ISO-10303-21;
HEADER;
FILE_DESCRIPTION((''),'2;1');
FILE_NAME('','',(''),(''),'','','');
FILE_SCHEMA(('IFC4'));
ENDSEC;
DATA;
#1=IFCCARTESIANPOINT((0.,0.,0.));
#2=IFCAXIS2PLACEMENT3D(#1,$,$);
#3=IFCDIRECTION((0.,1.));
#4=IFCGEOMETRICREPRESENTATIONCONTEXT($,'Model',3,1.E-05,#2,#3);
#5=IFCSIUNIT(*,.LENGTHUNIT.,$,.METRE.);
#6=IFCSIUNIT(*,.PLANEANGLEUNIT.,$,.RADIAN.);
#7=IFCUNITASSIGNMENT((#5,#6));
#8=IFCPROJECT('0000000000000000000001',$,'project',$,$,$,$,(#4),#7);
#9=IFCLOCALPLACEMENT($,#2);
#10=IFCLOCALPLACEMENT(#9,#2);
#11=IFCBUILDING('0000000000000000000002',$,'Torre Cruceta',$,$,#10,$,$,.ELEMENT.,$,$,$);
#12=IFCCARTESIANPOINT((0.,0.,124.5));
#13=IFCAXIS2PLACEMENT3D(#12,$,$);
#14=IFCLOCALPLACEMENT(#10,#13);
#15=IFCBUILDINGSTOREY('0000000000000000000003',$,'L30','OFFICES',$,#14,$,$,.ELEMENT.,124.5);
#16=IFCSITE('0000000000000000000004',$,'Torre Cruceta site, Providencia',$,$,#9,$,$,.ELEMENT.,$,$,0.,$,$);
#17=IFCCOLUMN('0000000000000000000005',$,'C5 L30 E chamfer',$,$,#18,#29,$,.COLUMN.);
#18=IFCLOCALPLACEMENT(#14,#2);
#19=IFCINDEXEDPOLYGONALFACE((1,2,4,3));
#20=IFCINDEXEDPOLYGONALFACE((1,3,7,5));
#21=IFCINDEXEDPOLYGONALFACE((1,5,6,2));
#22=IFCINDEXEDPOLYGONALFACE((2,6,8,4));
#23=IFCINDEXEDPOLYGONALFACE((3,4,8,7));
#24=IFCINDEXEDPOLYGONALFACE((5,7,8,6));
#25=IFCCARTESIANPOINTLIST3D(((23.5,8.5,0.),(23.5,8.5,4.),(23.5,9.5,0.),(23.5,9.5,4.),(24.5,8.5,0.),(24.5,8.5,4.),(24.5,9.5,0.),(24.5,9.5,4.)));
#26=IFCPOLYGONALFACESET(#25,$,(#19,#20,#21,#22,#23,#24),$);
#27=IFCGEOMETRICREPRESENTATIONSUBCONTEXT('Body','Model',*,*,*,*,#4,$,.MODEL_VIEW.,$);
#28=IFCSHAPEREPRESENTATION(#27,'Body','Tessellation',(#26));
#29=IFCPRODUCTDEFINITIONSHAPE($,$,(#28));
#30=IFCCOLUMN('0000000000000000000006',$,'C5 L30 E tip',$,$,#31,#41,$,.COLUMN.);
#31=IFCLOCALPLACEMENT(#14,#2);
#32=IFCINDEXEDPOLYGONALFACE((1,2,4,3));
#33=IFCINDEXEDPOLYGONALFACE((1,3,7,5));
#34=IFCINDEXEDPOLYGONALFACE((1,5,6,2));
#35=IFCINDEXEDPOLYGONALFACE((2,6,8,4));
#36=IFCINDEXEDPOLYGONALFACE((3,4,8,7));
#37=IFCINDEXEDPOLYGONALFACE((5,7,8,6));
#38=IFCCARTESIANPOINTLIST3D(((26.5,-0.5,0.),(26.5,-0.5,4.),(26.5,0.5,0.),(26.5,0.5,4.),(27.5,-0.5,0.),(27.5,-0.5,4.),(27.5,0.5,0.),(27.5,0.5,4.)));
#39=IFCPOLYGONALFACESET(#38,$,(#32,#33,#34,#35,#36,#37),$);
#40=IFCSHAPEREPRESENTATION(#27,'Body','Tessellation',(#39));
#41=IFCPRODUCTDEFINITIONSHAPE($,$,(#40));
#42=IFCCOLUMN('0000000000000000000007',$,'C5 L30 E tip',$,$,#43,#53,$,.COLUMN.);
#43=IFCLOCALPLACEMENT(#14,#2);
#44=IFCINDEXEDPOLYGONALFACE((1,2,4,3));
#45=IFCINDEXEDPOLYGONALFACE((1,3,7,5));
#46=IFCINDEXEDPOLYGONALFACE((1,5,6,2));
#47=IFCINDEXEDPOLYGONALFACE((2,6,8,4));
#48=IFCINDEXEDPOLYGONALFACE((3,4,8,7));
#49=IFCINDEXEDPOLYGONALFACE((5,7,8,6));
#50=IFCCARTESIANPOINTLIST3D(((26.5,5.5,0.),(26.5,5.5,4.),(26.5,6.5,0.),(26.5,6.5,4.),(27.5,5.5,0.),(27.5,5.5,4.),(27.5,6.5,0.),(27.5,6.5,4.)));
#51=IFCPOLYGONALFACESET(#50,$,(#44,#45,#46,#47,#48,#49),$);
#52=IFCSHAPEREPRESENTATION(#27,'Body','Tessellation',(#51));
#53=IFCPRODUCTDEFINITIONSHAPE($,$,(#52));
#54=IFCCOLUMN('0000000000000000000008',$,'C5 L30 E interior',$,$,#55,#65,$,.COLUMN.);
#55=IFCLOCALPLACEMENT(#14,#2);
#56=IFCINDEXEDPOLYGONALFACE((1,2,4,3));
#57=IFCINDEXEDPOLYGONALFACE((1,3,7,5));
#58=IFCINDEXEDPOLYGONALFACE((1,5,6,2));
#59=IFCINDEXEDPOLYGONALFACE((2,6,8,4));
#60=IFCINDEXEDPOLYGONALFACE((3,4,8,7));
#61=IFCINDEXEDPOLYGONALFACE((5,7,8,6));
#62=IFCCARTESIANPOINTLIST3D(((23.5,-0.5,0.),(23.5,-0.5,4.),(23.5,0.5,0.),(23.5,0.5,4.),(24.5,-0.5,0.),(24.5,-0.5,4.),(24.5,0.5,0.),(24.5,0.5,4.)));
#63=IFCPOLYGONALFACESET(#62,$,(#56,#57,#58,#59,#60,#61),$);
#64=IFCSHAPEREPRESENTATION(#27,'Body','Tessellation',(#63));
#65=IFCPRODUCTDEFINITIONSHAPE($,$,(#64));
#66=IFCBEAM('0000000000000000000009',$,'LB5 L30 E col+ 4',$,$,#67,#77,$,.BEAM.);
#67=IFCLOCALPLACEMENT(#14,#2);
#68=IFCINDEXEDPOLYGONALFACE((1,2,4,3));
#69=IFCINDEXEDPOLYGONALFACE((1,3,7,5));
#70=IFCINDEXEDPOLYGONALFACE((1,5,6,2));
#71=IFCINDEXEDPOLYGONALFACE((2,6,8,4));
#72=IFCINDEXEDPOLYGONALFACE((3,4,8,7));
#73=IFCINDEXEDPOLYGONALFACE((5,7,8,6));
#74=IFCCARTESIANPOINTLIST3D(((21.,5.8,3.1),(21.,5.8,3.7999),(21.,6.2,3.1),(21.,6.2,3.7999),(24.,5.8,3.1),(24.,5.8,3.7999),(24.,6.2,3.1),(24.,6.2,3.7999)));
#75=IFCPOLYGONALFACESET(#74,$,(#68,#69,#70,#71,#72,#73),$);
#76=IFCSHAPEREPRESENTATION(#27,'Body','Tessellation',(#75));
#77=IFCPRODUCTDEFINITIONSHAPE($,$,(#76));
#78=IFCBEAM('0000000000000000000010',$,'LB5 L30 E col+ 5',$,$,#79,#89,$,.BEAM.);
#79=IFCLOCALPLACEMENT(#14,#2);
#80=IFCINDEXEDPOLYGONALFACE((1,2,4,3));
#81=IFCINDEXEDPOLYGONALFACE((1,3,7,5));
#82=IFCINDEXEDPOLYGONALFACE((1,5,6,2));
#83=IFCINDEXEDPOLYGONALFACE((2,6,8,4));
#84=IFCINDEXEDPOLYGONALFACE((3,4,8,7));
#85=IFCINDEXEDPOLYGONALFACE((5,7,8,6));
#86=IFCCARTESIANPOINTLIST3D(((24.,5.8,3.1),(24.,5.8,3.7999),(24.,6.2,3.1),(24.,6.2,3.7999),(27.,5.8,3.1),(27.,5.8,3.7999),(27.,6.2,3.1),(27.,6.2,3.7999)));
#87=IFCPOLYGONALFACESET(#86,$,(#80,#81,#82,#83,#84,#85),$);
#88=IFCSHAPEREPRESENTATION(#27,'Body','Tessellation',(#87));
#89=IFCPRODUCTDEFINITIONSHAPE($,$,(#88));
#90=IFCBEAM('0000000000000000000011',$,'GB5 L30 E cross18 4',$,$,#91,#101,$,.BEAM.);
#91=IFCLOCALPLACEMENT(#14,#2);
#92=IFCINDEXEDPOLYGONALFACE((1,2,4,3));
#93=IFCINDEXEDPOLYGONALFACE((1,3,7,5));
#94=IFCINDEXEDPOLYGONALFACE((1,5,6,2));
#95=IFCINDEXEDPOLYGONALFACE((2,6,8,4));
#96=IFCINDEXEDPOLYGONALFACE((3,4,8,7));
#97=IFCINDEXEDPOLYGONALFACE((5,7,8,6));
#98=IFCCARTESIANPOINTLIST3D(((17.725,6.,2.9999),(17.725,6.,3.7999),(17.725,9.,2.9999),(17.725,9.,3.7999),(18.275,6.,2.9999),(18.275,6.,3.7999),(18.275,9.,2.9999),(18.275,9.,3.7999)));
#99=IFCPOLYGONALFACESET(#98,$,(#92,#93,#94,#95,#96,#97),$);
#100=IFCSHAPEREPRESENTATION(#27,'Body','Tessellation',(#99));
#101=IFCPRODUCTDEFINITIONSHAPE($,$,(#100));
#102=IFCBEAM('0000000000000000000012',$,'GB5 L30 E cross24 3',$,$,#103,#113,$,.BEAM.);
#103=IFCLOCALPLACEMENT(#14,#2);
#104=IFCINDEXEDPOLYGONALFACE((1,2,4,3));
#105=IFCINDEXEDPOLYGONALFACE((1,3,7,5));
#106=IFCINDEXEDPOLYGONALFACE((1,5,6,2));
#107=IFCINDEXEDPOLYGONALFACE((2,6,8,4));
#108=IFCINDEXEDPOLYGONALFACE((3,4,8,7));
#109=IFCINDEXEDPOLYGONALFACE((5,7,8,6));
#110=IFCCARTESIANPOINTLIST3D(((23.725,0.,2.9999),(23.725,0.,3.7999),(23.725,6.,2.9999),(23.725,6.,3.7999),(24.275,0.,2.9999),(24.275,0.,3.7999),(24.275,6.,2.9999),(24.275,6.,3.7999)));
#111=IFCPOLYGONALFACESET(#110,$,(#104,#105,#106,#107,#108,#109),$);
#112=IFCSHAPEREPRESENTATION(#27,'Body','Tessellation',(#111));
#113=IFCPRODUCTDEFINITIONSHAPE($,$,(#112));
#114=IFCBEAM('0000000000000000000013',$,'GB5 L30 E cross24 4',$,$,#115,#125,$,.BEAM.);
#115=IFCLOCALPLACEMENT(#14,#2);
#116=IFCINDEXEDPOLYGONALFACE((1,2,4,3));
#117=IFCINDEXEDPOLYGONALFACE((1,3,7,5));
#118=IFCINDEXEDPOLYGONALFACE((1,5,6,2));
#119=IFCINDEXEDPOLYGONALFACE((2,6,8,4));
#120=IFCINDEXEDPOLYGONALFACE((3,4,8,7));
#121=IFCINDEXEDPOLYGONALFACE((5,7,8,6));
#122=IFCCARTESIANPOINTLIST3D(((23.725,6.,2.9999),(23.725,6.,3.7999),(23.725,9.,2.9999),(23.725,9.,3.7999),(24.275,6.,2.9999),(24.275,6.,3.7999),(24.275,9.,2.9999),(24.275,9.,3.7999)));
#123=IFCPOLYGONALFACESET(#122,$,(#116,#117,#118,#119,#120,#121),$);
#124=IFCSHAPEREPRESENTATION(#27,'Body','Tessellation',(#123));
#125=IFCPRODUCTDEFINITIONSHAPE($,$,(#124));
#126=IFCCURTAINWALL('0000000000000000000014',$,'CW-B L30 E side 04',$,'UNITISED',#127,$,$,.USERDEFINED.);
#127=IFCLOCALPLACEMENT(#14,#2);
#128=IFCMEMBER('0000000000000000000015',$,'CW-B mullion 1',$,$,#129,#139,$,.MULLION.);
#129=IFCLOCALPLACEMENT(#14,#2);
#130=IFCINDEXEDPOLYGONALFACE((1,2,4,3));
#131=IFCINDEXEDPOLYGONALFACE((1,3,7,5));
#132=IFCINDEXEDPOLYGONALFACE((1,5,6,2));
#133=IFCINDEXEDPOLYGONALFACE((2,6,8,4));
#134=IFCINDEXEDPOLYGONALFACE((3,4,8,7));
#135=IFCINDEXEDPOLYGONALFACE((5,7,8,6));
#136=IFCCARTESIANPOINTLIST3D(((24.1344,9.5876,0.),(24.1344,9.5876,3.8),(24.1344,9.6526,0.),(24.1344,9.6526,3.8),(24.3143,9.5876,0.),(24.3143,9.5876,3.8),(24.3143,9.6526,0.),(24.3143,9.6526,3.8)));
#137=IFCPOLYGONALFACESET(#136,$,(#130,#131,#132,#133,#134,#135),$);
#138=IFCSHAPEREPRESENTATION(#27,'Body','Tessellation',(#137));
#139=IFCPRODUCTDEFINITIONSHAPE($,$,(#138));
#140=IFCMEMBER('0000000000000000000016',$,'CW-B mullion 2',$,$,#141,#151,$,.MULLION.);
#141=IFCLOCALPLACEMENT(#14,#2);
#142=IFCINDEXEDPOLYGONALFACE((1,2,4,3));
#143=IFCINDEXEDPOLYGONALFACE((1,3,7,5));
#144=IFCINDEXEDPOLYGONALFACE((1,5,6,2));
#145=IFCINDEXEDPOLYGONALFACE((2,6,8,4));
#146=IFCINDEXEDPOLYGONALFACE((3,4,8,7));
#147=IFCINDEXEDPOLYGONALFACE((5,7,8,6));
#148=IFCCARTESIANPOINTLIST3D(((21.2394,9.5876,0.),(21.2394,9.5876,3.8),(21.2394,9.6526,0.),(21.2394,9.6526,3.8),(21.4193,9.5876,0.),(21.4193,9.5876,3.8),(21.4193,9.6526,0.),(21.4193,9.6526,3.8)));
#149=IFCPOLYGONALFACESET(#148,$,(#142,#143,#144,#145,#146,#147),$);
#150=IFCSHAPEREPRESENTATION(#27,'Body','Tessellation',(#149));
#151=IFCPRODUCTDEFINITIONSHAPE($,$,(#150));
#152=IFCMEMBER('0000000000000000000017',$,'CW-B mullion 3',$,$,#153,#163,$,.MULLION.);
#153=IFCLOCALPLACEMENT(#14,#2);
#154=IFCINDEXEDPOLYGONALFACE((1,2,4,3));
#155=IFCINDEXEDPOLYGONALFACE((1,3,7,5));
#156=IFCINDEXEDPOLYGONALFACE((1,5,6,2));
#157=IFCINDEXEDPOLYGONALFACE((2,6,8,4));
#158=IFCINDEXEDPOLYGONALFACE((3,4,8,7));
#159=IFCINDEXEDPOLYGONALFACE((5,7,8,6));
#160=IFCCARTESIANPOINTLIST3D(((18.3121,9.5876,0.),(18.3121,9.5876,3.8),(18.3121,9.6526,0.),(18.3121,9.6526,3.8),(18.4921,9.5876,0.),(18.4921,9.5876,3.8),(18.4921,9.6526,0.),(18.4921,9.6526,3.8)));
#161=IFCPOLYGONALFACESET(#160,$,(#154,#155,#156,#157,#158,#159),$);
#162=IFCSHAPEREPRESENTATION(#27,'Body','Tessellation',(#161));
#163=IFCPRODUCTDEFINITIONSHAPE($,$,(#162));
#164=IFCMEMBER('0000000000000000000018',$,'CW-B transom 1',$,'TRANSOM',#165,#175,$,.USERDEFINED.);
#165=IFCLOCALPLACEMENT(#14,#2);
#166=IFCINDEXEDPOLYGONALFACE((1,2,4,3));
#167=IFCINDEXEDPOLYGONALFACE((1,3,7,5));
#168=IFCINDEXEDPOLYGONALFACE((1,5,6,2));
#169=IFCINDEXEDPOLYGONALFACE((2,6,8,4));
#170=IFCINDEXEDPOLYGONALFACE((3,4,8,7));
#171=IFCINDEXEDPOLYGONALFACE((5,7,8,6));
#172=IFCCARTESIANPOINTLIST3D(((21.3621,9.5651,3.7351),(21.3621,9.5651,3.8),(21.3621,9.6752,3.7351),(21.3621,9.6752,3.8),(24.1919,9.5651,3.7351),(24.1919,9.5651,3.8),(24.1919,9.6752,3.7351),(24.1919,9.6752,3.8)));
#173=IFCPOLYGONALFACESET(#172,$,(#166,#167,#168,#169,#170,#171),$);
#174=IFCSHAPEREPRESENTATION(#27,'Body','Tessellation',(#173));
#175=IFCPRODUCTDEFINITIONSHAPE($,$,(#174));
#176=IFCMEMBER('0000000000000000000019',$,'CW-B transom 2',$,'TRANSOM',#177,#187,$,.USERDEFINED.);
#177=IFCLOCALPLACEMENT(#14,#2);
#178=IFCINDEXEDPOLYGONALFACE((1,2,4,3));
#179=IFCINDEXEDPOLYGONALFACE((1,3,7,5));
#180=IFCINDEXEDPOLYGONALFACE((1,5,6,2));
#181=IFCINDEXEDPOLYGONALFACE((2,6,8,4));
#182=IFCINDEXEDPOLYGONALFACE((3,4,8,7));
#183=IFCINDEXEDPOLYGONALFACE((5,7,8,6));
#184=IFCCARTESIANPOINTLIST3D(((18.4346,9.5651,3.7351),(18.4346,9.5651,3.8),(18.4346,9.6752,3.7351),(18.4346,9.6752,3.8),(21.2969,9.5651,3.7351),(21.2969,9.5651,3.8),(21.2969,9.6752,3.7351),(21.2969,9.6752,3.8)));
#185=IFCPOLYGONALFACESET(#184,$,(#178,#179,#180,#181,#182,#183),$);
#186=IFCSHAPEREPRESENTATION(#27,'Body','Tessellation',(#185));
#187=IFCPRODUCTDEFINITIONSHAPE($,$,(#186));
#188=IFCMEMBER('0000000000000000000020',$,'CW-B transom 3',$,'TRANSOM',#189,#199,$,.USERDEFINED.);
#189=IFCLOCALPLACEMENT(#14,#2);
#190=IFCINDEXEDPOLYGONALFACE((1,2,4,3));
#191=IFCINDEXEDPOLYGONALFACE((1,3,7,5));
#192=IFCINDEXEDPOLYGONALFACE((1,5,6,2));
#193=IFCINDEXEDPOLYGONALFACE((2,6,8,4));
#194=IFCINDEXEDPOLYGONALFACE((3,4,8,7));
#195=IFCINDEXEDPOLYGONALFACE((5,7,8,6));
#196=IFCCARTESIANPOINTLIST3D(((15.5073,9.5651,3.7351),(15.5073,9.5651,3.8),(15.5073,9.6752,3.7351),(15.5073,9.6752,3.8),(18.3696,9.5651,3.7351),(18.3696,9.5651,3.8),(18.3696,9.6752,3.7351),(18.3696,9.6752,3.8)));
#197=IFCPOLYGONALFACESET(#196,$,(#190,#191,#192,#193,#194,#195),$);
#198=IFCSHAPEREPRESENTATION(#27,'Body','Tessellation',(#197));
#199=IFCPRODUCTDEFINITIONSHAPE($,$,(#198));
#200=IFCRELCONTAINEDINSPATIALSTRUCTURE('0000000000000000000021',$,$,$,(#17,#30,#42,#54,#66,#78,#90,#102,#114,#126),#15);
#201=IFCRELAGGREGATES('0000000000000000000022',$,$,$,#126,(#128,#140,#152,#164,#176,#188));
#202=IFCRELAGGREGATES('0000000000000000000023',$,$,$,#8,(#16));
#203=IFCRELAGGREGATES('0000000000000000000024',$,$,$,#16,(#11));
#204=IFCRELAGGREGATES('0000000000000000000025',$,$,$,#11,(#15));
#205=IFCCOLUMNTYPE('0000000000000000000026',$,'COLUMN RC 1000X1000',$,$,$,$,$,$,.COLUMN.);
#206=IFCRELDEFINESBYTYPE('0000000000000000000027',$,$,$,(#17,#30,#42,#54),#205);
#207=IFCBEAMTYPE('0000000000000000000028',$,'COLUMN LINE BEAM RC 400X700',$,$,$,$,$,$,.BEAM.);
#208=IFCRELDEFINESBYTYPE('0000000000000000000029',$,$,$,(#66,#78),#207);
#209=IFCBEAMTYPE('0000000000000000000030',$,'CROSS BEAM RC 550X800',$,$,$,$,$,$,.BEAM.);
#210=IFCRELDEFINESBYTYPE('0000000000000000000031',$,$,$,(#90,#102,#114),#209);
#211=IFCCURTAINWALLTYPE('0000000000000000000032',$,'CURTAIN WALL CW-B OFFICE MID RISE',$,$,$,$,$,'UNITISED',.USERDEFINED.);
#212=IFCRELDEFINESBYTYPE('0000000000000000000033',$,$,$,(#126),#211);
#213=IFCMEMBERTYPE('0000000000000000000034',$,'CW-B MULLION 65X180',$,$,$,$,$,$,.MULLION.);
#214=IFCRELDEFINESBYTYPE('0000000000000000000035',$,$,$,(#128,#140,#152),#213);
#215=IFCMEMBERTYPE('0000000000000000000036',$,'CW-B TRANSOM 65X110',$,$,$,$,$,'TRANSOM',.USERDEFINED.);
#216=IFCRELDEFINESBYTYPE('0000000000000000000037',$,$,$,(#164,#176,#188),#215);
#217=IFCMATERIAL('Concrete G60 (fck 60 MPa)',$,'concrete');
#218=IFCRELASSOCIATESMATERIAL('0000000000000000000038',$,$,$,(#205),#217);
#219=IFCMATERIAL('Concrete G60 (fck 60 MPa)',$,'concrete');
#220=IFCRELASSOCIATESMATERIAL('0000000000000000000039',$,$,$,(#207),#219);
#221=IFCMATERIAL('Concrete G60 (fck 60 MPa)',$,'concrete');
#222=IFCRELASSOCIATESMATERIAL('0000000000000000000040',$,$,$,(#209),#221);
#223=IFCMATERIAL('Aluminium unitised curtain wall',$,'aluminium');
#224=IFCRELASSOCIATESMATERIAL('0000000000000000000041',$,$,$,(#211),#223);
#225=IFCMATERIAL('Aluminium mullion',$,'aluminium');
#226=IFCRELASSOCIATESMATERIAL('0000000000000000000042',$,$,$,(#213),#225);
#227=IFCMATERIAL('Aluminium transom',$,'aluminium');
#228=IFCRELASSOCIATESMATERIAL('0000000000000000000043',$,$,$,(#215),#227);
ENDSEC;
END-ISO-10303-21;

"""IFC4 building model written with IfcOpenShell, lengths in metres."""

from ifc_helpers import new_model, si_unit, direction, frame, origin, origin_2d, place, context, subcontext, project, spatial, rectangle, extrude, material, material_profile, profile_set, type_object, element, aggregate, save


model = new_model("IFC4")

# Units and contexts
model_context = context("Model", 3, precision=1e-05, world=origin(), true_north=direction((0.0, 1.0)))
body_context = subcontext(model_context, "Body", "Model", "MODEL_VIEW")
ifc_project = project(units=[si_unit("LENGTHUNIT", "METRE"), si_unit("PLANEANGLEUNIT", "RADIAN")], contexts=[model_context])

# Site, building, storey
site_placement = place(None, origin())
site = spatial("IfcSite", under=ifc_project, at=site_placement, Name="Torre Cruceta site, Providencia", CompositionType="ELEMENT", RefElevation=0.0)
building_placement = place(site_placement, origin())
building = spatial("IfcBuilding", under=site, at=building_placement, Name="Torre Cruceta", CompositionType="ELEMENT")
storey_placement = place(building_placement, frame((0.0, 0.0, 124.5)))
storey = spatial("IfcBuildingStorey", under=building, at=storey_placement, Name="L30", Description="OFFICES", CompositionType="ELEMENT", Elevation=124.5)

# Columns
ifc_material_1 = material(Name="Concrete G60 (fck 60 MPa)", Category="concrete")
ifc_material_profile_1 = material_profile(ifc_material_1, rectangle(XDim=1.0, YDim=1.0, at=origin_2d()), Name="RC 1000X1000")
ifc_profile_set_1 = profile_set([ifc_material_profile_1], Name="Concrete G60 (fck 60 MPa)")
column_type = type_object("IfcColumnType", Name="COLUMN RC 1000X1000", PredefinedType="COLUMN", material=ifc_profile_set_1)
for number, where, z_axis, x_axis, name in (
    (1, (24.0, 9.0, 0.0), (0.0, 0.0, 1.0), (1.0, 0.0, 0.0), "C5 L30 E chamfer"),
    (2, (27.0, 0.0, 0.0), (0.0, 0.0, 1.0), (1.0, 0.0, 0.0), "C5 L30 E tip"),
    (3, (27.0, 6.0, 0.0), (0.0, 0.0, 1.0), (1.0, 0.0, 0.0), "C5 L30 E tip"),
    (4, (24.0, 0.0, 0.0), (0.0, 0.0, 1.0), (1.0, 0.0, 0.0), "C5 L30 E interior"),
):
    element("IfcColumn", number, at=place(storey_placement, frame(where, z_axis=z_axis, x_axis=x_axis)), inside=storey, type_object=column_type, Name=name, PredefinedType="COLUMN", context=body_context, shape_type="SweptSolid", body=[
        extrude(rectangle(XDim=1.0, YDim=1.0, at=origin_2d()), origin(), (0.0, 0.0, 1.0), 4.0),
    ])

# Beams
ifc_material_2 = material(Name="Concrete G60 (fck 60 MPa)", Category="concrete")
ifc_material_profile_2 = material_profile(ifc_material_2, rectangle(XDim=0.3999, YDim=0.7, at=origin_2d()), Name="RC 400X700")
ifc_profile_set_2 = profile_set([ifc_material_profile_2], Name="Concrete G60 (fck 60 MPa)")
beam_type_1 = type_object("IfcBeamType", Name="COLUMN LINE BEAM RC 400X700", PredefinedType="BEAM", material=ifc_profile_set_2)
for number, where, z_axis, x_axis, name in (
    (5, (21.0, 6.0, 3.45), (1.0, 0.0, 0.0), (0.0, 1.0, 0.0), "LB5 L30 E col+ 4"),
    (6, (24.0, 6.0, 3.45), (1.0, 0.0, 0.0), (0.0, 1.0, 0.0), "LB5 L30 E col+ 5"),
):
    element("IfcBeam", number, at=place(storey_placement, frame(where, z_axis=z_axis, x_axis=x_axis)), inside=storey, type_object=beam_type_1, Name=name, PredefinedType="BEAM", context=body_context, shape_type="SweptSolid", body=[
        extrude(rectangle(XDim=0.3999, YDim=0.7, at=origin_2d()), origin(), (0.0, 0.0, 1.0), 3.0),
    ])
ifc_material_3 = material(Name="Concrete G60 (fck 60 MPa)", Category="concrete")
ifc_material_profile_3 = material_profile(ifc_material_3, rectangle(XDim=0.55, YDim=0.8, at=origin_2d()), Name="RC 550X800")
ifc_profile_set_3 = profile_set([ifc_material_profile_3], Name="Concrete G60 (fck 60 MPa)")
beam_type_2 = type_object("IfcBeamType", Name="CROSS BEAM RC 550X800", PredefinedType="BEAM", material=ifc_profile_set_3)
beam_1_placement = place(storey_placement, frame((18.0, 6.0, 3.3999), z_axis=(0.0, 1.0, 0.0), x_axis=(-1.0, 0.0, 0.0)))
element("IfcBeam", 7, at=beam_1_placement, inside=storey, type_object=beam_type_2, Name="GB5 L30 E cross18 4", PredefinedType="BEAM", context=body_context, shape_type="SweptSolid", body=[
    extrude(rectangle(XDim=0.55, YDim=0.8, at=origin_2d()), origin(), (0.0, 0.0, 1.0), 3.0),
])
beam_2_placement = place(storey_placement, frame((24.0, 0.0, 3.3999), z_axis=(0.0, 1.0, 0.0), x_axis=(-1.0, 0.0, 0.0)))
element("IfcBeam", 8, at=beam_2_placement, inside=storey, type_object=beam_type_2, Name="GB5 L30 E cross24 3", PredefinedType="BEAM", context=body_context, shape_type="SweptSolid", body=[
    extrude(rectangle(XDim=0.55, YDim=0.8, at=origin_2d()), origin(), (0.0, 0.0, 1.0), 6.0),
])
beam_3_placement = place(storey_placement, frame((24.0, 6.0, 3.3999), z_axis=(0.0, 1.0, 0.0), x_axis=(-1.0, 0.0, 0.0)))
element("IfcBeam", 9, at=beam_3_placement, inside=storey, type_object=beam_type_2, Name="GB5 L30 E cross24 4", PredefinedType="BEAM", context=body_context, shape_type="SweptSolid", body=[
    extrude(rectangle(XDim=0.55, YDim=0.8, at=origin_2d()), origin(), (0.0, 0.0, 1.0), 3.0),
])

# Curtain wall, members
ifc_material_4 = material(Name="Aluminium unitised curtain wall", Category="aluminium")
curtain_wall_type = type_object("IfcCurtainWallType", Name="CURTAIN WALL CW-B OFFICE MID RISE", ElementType="UNITISED", PredefinedType="USERDEFINED", material=ifc_material_4)
curtain_wall_placement = place(storey_placement, origin())
curtain_wall = element("IfcCurtainWall", 10, at=curtain_wall_placement, inside=storey, type_object=curtain_wall_type, Name="CW-B L30 E side 04", ObjectType="UNITISED", PredefinedType="USERDEFINED")
ifc_material_5 = material(Name="Aluminium mullion", Category="aluminium")
ifc_material_profile_4 = material_profile(ifc_material_5, rectangle(XDim=0.0649, YDim=0.1799, at=origin_2d()), Name="AL 65X180")
ifc_profile_set_4 = profile_set([ifc_material_profile_4], Name="Aluminium mullion")
member_type_1 = type_object("IfcMemberType", Name="CW-B MULLION 65X180", PredefinedType="MULLION", material=ifc_profile_set_4)
member_1_placement = place(storey_placement, frame((24.2244, 9.6201, 0.0), z_axis=(0.0, 0.0, 1.0), x_axis=(0.0, -1.0, 0.0)))
member_1 = element("IfcMember", 11, at=member_1_placement, type_object=member_type_1, Name="CW-B mullion 1", PredefinedType="MULLION", context=body_context, shape_type="SweptSolid", body=[
    extrude(rectangle(XDim=0.0649, YDim=0.1799, at=origin_2d()), origin(), (0.0, 0.0, 1.0), 3.8),
])
member_2_placement = place(storey_placement, frame((21.3293, 9.6201, 0.0), z_axis=(0.0, 0.0, 1.0), x_axis=(0.0, -1.0, 0.0)))
member_2 = element("IfcMember", 12, at=member_2_placement, type_object=member_type_1, Name="CW-B mullion 2", PredefinedType="MULLION", context=body_context, shape_type="SweptSolid", body=[
    extrude(rectangle(XDim=0.0649, YDim=0.1799, at=origin_2d()), origin(), (0.0, 0.0, 1.0), 3.8),
])
member_3_placement = place(storey_placement, frame((18.4021, 9.6201, 0.0), z_axis=(0.0, 0.0, 1.0), x_axis=(0.0, -1.0, 0.0)))
member_3 = element("IfcMember", 13, at=member_3_placement, type_object=member_type_1, Name="CW-B mullion 3", PredefinedType="MULLION", context=body_context, shape_type="SweptSolid", body=[
    extrude(rectangle(XDim=0.0649, YDim=0.1799, at=origin_2d()), origin(), (0.0, 0.0, 1.0), 3.8),
])
ifc_material_6 = material(Name="Aluminium transom", Category="aluminium")
ifc_material_profile_5 = material_profile(ifc_material_6, rectangle(XDim=0.1101, YDim=0.0649, at=origin_2d()), Name="AL 110X65")
ifc_profile_set_5 = profile_set([ifc_material_profile_5], Name="Aluminium transom")
member_type_2 = type_object("IfcMemberType", Name="CW-B TRANSOM 65X110", ElementType="TRANSOM", PredefinedType="USERDEFINED", material=ifc_profile_set_5)
member_4_placement = place(storey_placement, frame((24.1919, 9.6201, 3.7676), z_axis=(-1.0, 0.0, 0.0), x_axis=(0.0, -1.0, 0.0)))
member_4 = element("IfcMember", 14, at=member_4_placement, type_object=member_type_2, Name="CW-B transom 1", ObjectType="TRANSOM", PredefinedType="USERDEFINED", context=body_context, shape_type="SweptSolid", body=[
    extrude(rectangle(XDim=0.1101, YDim=0.0649, at=origin_2d()), origin(), (0.0, 0.0, 1.0), 2.8298),
])
member_5_placement = place(storey_placement, frame((21.2969, 9.6201, 3.7676), z_axis=(-1.0, 0.0, 0.0), x_axis=(0.0, -1.0, 0.0)))
member_5 = element("IfcMember", 15, at=member_5_placement, type_object=member_type_2, Name="CW-B transom 2", ObjectType="TRANSOM", PredefinedType="USERDEFINED", context=body_context, shape_type="SweptSolid", body=[
    extrude(rectangle(XDim=0.1101, YDim=0.0649, at=origin_2d()), origin(), (0.0, 0.0, 1.0), 2.8623),
])
member_6_placement = place(storey_placement, frame((18.3696, 9.6201, 3.7676), z_axis=(-1.0, 0.0, 0.0), x_axis=(0.0, -1.0, 0.0)))
member_6 = element("IfcMember", 16, at=member_6_placement, type_object=member_type_2, Name="CW-B transom 3", ObjectType="TRANSOM", PredefinedType="USERDEFINED", context=body_context, shape_type="SweptSolid", body=[
    extrude(rectangle(XDim=0.1101, YDim=0.0649, at=origin_2d()), origin(), (0.0, 0.0, 1.0), 2.8623),
])

aggregate(curtain_wall, [member_1, member_2, member_3, member_4, member_5, member_6])

save(model, "model.ifc")
